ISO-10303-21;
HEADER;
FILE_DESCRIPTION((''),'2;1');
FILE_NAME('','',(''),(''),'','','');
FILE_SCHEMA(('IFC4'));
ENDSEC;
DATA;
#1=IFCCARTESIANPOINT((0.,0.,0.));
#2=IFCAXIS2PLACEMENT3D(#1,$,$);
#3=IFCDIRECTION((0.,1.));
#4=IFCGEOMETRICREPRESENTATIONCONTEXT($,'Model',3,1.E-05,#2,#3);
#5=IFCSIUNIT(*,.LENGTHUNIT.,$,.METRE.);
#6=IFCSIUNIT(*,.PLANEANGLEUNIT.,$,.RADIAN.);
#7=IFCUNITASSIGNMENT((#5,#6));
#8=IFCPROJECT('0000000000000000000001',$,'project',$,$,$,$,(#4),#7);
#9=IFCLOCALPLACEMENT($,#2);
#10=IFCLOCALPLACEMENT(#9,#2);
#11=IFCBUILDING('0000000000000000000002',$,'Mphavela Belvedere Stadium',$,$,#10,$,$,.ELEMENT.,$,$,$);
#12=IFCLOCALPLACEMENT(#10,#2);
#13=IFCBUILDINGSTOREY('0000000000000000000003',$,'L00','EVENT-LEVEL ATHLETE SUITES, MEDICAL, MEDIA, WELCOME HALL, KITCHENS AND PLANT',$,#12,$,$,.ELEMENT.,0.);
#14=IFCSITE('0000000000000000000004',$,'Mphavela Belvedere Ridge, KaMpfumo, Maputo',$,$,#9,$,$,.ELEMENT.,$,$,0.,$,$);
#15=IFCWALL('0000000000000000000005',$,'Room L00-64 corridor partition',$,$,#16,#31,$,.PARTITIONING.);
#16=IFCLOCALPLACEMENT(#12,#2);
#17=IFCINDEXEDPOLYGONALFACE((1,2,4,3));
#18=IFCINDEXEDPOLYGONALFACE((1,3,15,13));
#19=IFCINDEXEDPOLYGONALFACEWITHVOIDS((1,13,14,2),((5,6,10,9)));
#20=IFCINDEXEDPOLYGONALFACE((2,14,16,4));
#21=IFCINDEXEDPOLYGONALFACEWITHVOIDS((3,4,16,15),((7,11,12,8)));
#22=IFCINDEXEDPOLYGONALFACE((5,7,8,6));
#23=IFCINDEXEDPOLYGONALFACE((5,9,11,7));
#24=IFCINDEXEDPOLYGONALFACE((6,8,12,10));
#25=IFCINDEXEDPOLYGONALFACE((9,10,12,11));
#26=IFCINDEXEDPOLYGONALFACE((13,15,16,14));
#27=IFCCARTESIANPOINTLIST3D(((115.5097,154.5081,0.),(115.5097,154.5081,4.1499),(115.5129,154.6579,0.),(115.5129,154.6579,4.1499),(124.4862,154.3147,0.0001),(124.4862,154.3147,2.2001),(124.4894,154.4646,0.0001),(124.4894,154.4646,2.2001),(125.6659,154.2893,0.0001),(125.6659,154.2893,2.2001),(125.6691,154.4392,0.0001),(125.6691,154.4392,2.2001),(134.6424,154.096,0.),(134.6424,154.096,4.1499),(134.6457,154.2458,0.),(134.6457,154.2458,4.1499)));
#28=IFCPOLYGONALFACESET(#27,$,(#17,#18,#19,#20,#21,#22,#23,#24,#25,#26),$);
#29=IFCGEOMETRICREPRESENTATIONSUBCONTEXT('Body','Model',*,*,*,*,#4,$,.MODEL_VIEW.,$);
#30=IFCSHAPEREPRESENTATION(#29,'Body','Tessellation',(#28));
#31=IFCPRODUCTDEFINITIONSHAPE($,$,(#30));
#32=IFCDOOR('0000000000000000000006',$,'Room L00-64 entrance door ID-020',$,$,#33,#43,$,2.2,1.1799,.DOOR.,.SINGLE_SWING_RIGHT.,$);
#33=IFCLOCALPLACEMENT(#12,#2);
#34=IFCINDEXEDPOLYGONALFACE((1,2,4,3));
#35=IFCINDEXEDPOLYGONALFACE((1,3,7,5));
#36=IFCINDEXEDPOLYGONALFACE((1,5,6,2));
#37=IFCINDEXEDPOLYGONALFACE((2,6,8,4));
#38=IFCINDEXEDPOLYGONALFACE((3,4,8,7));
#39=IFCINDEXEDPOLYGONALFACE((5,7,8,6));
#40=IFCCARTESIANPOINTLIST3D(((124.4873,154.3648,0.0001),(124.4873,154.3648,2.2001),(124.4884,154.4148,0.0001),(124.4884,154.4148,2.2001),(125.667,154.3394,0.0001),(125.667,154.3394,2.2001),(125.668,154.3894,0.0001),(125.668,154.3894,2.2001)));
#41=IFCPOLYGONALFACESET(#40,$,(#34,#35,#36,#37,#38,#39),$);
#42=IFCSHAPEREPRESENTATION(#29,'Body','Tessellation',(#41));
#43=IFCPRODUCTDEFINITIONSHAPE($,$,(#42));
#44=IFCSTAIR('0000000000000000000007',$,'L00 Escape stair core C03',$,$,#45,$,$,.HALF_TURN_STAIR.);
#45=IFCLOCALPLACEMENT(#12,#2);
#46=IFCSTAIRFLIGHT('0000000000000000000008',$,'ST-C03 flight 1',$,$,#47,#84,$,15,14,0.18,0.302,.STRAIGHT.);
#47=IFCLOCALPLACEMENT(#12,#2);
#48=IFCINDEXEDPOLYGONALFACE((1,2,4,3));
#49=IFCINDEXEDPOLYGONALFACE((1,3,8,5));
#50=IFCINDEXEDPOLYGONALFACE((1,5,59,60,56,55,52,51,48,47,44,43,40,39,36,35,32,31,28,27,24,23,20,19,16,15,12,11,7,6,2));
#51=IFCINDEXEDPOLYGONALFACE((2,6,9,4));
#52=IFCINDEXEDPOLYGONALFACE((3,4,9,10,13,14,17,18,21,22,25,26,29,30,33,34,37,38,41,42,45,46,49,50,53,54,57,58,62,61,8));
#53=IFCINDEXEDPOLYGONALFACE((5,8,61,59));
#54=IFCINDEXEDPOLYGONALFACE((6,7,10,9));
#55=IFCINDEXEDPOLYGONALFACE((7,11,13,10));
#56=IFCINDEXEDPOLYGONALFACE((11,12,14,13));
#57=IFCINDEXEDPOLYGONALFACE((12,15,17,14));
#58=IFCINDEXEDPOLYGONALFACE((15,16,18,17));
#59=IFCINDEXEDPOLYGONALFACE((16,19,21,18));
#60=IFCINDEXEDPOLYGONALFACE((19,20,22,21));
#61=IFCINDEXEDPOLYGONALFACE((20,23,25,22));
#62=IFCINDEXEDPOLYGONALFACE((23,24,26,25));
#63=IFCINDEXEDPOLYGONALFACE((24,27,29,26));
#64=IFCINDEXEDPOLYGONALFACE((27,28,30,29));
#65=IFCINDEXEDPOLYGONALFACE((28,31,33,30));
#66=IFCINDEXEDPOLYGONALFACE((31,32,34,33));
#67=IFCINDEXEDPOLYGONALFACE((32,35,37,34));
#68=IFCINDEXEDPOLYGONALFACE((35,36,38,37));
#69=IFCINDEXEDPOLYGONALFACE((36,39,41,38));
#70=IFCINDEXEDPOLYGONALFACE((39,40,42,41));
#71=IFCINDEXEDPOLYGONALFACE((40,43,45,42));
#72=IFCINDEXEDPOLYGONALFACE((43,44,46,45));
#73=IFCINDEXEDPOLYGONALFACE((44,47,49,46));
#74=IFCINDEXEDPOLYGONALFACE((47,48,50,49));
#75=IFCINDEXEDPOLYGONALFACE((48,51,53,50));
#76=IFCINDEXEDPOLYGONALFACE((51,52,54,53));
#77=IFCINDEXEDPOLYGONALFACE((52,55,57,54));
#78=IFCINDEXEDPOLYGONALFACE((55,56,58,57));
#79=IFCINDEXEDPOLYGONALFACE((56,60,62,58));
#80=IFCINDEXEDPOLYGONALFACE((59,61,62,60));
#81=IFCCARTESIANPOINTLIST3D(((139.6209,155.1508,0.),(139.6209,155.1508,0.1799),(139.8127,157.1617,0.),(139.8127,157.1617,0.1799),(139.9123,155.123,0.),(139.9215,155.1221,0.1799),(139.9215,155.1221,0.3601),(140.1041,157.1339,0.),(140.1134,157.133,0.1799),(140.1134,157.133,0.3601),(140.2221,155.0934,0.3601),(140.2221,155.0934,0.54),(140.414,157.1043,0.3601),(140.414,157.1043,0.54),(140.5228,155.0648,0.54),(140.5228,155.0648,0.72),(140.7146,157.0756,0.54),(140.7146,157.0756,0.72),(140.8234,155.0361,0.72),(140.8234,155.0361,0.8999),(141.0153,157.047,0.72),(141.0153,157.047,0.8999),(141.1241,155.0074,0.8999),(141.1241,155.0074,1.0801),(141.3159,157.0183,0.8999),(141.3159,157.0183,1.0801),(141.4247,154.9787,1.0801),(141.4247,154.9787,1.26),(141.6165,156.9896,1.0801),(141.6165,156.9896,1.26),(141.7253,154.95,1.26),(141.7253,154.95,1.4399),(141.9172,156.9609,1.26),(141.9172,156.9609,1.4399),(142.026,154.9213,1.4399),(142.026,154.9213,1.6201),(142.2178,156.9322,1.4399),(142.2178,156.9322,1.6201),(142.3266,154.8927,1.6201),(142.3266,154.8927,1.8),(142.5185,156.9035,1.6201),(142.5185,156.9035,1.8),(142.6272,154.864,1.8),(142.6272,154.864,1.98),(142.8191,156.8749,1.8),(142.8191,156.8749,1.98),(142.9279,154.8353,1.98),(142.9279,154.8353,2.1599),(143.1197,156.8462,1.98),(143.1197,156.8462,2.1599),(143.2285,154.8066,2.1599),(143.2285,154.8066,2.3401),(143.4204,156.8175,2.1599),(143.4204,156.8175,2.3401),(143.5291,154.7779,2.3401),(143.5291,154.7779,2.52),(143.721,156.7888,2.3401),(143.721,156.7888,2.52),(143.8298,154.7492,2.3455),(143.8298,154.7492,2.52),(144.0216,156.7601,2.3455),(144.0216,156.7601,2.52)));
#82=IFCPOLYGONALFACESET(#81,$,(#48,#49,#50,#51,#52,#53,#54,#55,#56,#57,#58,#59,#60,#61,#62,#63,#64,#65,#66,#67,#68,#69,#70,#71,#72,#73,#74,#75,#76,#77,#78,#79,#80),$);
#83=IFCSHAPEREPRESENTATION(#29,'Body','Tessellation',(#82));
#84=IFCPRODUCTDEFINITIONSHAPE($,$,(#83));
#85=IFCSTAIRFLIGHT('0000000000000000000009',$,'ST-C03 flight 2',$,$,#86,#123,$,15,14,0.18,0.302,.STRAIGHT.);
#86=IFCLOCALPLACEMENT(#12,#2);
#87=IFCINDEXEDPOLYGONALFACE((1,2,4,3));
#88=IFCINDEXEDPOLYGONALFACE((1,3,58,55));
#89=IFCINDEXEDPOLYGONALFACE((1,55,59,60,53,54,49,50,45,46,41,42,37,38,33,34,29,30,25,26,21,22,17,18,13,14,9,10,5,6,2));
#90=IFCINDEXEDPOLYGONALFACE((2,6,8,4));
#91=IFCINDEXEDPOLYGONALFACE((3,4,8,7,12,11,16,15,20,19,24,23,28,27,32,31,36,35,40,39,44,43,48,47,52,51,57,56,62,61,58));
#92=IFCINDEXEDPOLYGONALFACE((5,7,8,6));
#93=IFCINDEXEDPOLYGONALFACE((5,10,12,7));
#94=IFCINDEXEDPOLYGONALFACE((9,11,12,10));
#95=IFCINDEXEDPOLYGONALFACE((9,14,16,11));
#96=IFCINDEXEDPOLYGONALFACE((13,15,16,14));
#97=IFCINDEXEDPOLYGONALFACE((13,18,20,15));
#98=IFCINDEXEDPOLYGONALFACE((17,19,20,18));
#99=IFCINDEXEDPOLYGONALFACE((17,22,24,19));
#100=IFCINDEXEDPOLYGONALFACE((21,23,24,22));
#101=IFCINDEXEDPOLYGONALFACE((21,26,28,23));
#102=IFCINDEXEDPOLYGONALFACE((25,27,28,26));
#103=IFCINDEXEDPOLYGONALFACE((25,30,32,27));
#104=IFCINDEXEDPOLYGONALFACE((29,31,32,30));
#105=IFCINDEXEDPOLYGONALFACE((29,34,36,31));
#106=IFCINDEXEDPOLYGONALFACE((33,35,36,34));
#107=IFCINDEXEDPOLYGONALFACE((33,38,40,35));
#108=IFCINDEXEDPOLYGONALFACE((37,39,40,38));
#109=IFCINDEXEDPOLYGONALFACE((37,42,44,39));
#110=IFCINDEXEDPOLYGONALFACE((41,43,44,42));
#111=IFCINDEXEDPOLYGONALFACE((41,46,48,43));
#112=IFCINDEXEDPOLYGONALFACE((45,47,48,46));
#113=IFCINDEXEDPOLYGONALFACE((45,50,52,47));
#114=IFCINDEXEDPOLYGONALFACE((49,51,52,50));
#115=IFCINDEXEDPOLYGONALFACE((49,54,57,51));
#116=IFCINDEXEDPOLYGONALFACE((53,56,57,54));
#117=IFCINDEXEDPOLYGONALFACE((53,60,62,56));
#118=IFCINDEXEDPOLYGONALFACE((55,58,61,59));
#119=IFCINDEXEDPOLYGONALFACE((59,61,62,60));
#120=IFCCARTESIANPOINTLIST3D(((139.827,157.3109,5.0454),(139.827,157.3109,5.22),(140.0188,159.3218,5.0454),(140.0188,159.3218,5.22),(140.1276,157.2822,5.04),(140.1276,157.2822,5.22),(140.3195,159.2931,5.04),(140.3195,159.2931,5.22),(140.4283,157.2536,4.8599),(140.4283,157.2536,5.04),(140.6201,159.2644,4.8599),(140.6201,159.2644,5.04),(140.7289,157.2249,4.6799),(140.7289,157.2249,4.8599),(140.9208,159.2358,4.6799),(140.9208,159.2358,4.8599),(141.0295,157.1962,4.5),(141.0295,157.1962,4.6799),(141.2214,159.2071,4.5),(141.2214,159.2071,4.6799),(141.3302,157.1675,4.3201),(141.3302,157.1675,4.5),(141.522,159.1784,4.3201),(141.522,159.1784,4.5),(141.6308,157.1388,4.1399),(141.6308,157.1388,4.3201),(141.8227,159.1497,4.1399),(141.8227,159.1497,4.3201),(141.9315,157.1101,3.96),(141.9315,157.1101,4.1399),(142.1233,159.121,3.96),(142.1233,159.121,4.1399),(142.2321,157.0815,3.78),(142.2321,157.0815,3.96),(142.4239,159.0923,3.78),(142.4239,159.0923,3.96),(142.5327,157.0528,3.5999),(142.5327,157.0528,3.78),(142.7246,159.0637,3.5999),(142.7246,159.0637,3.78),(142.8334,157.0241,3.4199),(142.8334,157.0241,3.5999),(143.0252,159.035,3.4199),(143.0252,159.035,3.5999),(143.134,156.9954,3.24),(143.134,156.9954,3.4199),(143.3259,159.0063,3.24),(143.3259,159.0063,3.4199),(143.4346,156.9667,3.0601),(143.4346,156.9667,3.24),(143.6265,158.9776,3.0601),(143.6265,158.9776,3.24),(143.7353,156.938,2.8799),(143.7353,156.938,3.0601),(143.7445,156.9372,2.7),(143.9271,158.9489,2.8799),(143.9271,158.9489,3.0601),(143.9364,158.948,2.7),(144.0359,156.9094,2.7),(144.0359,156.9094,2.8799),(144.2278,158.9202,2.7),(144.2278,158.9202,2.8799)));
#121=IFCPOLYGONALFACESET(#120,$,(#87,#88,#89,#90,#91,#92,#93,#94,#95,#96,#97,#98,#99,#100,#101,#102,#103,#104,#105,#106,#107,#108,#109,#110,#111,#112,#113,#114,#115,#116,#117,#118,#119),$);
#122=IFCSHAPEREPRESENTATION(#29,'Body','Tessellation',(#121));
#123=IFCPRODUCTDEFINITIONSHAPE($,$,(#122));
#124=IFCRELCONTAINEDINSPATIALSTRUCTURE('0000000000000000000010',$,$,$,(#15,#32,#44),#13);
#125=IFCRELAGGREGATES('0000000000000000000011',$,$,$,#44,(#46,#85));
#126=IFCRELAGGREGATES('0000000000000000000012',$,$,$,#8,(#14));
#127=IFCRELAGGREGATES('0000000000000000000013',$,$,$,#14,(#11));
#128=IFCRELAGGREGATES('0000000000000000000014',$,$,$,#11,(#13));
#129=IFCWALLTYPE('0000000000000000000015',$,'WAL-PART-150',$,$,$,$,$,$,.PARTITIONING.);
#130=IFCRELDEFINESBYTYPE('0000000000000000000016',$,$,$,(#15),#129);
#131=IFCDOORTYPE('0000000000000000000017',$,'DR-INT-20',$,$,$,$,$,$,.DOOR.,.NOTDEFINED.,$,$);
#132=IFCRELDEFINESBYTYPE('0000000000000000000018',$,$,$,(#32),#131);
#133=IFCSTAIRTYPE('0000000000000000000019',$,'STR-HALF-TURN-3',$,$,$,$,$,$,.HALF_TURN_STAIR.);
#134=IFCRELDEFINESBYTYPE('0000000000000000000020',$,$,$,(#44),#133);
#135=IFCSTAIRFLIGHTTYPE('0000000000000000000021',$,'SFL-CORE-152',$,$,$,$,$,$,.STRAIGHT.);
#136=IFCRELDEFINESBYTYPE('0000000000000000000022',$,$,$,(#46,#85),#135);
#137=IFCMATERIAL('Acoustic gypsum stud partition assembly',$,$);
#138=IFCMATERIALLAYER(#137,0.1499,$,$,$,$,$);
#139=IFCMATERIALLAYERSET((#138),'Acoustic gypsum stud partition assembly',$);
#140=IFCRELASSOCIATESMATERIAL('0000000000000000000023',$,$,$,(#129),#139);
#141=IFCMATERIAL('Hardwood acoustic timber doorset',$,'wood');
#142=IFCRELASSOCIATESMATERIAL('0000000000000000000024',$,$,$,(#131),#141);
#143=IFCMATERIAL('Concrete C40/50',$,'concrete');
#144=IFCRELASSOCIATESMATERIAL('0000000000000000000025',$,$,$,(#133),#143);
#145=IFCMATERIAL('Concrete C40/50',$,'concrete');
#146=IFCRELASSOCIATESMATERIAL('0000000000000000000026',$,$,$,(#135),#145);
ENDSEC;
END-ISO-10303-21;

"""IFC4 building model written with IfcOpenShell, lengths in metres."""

from ifc_helpers import new_model, si_unit, direction, frame, frame_2d, origin, place, context, subcontext, project, spatial, polyline, rectangle, outline, extrude, material, layer, layer_set, type_object, element, fill, aggregate, save


model = new_model("IFC4")

# Units and contexts
model_context = context("Model", 3, precision=1e-05, world=origin(), true_north=direction((0.0, 1.0)))
body_context = subcontext(model_context, "Body", "Model", "MODEL_VIEW")
ifc_project = project(units=[si_unit("LENGTHUNIT", "METRE"), si_unit("PLANEANGLEUNIT", "RADIAN")], contexts=[model_context])

# Site, building, storey
site_placement = place(None, origin())
site = spatial("IfcSite", under=ifc_project, at=site_placement, Name="Mphavela Belvedere Ridge, KaMpfumo, Maputo", CompositionType="ELEMENT", RefElevation=0.0)
building_placement = place(site_placement, origin())
building = spatial("IfcBuilding", under=site, at=building_placement, Name="Mphavela Belvedere Stadium", CompositionType="ELEMENT")
storey_placement = place(building_placement, origin())
storey = spatial("IfcBuildingStorey", under=building, at=storey_placement, Name="L00", Description="EVENT-LEVEL ATHLETE SUITES, MEDICAL, MEDIA, WELCOME HALL, KITCHENS AND PLANT", CompositionType="ELEMENT", Elevation=0.0)

# Wall, opening, door
ifc_material_1 = material(Name="Acoustic gypsum stud partition assembly")
ifc_layer_1 = layer(ifc_material_1, 0.1499)
ifc_layer_set_1 = layer_set([ifc_layer_1], Name="Acoustic gypsum stud partition assembly")
wall_type_1 = type_object("IfcWallType", Name="WAL-PART-150", PredefinedType="PARTITIONING", material=ifc_layer_set_1)
wall_1_placement = place(storey_placement, frame((134.644, 154.1709, 0.0), z_axis=(0.0, 0.0, 1.0), x_axis=(-0.999768, 0.021534, 0.0)))
wall_1 = element("IfcWall", 1, at=wall_1_placement, inside=storey, type_object=wall_type_1, Name="Room L00-64 corridor partition", PredefinedType="PARTITIONING", context=body_context, shape_type="SweptSolid", body=[
    extrude(rectangle(XDim=19.1372, YDim=0.1499, at=frame_2d((9.5686, 0.0))), origin(), (0.0, 0.0, 1.0), 4.1499),
])
opening_1_placement = place(wall_1_placement, frame((8.9788, 0.0, 0.0)))
opening_1 = element("IfcOpeningElement", 2, at=opening_1_placement, cuts=wall_1, PredefinedType="OPENING", context=body_context, shape_type="SweptSolid", body=[
    extrude(rectangle(XDim=1.1799, YDim=2.2, at=frame_2d((0.5898, 1.1001))), frame((0.0, 0.085, 0.0), z_axis=(0.0, -1.0, 0.0), x_axis=(1.0, 0.0, 0.0)), (0.0, 0.0, 1.0), 0.1699),
])
ifc_material_2 = material(Name="Hardwood acoustic timber doorset", Category="wood")
door_type_1 = type_object("IfcDoorType", Name="DR-INT-20", OperationType="NOTDEFINED", PredefinedType="DOOR", material=ifc_material_2)
door_1_placement = place(opening_1_placement, origin())
door_1 = element("IfcDoor", 3, at=door_1_placement, inside=storey, type_object=door_type_1, Name="Room L00-64 entrance door ID-020", OperationType="SINGLE_SWING_RIGHT", OverallHeight=2.2, OverallWidth=1.1799, PredefinedType="DOOR", context=body_context, shape_type="SweptSolid", body=[
    extrude(rectangle(XDim=1.1799, YDim=2.2, at=frame_2d((0.5898, 1.1001))), frame((0.0, 0.0249, 0.0), z_axis=(0.0, -1.0, 0.0), x_axis=(1.0, 0.0, 0.0)), (0.0, 0.0, 1.0), 0.05),
])
fill(opening_1, door_1)

# Stair, stair flights
ifc_material_3 = material(Name="Concrete C40/50", Category="concrete")
stair_type = type_object("IfcStairType", Name="STR-HALF-TURN-3", PredefinedType="HALF_TURN_STAIR", material=ifc_material_3)
stair_placement = place(storey_placement, origin())
stair = element("IfcStair", 4, at=stair_placement, inside=storey, type_object=stair_type, Name="L00 Escape stair core C03", PredefinedType="HALF_TURN_STAIR")
ifc_material_4 = material(Name="Concrete C40/50", Category="concrete")
stair_flight_type = type_object("IfcStairFlightType", Name="SFL-CORE-152", PredefinedType="STRAIGHT", material=ifc_material_4)
stair_flight_1_placement = place(storey_placement, frame((139.7168, 156.1562, 0.0), z_axis=(0.0, 0.0, 1.0), x_axis=(0.995479, -0.094977, 0.0)))
stair_flight_1 = element("IfcStairFlight", 5, at=stair_flight_1_placement, type_object=stair_flight_type, Name="ST-C03 flight 1", NumberOfRisers=15, NumberOfTreads=14, PredefinedType="STRAIGHT", RiserHeight=0.18, TreadLength=0.302, context=body_context, shape_type="SweptSolid", body=[
    extrude(outline(polyline([(0.0, 0.0), (0.0, 0.1799), (0.302, 0.1799), (0.302, 0.3601), (0.604, 0.3601), (0.604, 0.54), (0.906, 0.54), (0.906, 0.72), (1.208, 0.72), (1.208, 0.8999), (1.51, 0.8999), (1.51, 1.0801), (1.812, 1.0801), (1.812, 1.26), (2.114, 1.26), (2.114, 1.4399), (2.416, 1.4399), (2.416, 1.6201), (2.718, 1.6201), (2.718, 1.8), (3.02, 1.8), (3.02, 1.98), (3.322, 1.98), (3.322, 2.1599), (3.624, 2.1599), (3.624, 2.3401), (3.926, 2.3401), (3.926, 2.52), (4.228, 2.52), (4.228, 2.7), (4.228, 2.3455), (0.2927, 0.0), (0.0, 0.0)])), frame((0.0, 1.01, 0.0), z_axis=(0.0, -1.0, 0.0), x_axis=(1.0, 0.0, 0.0)), (0.0, 0.0, 1.0), 2.02),
])
stair_flight_2_placement = place(storey_placement, frame((144.1318, 157.9148, 2.7), z_axis=(0.0, 0.0, 1.0), x_axis=(-0.995479, 0.094977, 0.0)))
stair_flight_2 = element("IfcStairFlight", 6, at=stair_flight_2_placement, type_object=stair_flight_type, Name="ST-C03 flight 2", NumberOfRisers=15, NumberOfTreads=14, PredefinedType="STRAIGHT", RiserHeight=0.18, TreadLength=0.302, context=body_context, shape_type="SweptSolid", body=[
    extrude(outline(polyline([(0.0, 0.0), (0.0, 0.1799), (0.302, 0.1799), (0.302, 0.3601), (0.604, 0.3601), (0.604, 0.54), (0.906, 0.54), (0.906, 0.72), (1.208, 0.72), (1.208, 0.8999), (1.51, 0.8999), (1.51, 1.0801), (1.812, 1.0801), (1.812, 1.26), (2.114, 1.26), (2.114, 1.4399), (2.416, 1.4399), (2.416, 1.6201), (2.718, 1.6201), (2.718, 1.8), (3.02, 1.8), (3.02, 1.98), (3.322, 1.98), (3.322, 2.1599), (3.624, 2.1599), (3.624, 2.3401), (3.926, 2.3401), (3.926, 2.52), (4.228, 2.52), (4.228, 2.7), (4.228, 2.3455), (0.2927, 0.0), (0.0, 0.0)])), frame((0.0, 1.01, 0.0), z_axis=(0.0, -1.0, 0.0), x_axis=(1.0, 0.0, 0.0)), (0.0, 0.0, 1.0), 2.02),
])
aggregate(stair, [stair_flight_1, stair_flight_2])

save(model, "model.ifc")
